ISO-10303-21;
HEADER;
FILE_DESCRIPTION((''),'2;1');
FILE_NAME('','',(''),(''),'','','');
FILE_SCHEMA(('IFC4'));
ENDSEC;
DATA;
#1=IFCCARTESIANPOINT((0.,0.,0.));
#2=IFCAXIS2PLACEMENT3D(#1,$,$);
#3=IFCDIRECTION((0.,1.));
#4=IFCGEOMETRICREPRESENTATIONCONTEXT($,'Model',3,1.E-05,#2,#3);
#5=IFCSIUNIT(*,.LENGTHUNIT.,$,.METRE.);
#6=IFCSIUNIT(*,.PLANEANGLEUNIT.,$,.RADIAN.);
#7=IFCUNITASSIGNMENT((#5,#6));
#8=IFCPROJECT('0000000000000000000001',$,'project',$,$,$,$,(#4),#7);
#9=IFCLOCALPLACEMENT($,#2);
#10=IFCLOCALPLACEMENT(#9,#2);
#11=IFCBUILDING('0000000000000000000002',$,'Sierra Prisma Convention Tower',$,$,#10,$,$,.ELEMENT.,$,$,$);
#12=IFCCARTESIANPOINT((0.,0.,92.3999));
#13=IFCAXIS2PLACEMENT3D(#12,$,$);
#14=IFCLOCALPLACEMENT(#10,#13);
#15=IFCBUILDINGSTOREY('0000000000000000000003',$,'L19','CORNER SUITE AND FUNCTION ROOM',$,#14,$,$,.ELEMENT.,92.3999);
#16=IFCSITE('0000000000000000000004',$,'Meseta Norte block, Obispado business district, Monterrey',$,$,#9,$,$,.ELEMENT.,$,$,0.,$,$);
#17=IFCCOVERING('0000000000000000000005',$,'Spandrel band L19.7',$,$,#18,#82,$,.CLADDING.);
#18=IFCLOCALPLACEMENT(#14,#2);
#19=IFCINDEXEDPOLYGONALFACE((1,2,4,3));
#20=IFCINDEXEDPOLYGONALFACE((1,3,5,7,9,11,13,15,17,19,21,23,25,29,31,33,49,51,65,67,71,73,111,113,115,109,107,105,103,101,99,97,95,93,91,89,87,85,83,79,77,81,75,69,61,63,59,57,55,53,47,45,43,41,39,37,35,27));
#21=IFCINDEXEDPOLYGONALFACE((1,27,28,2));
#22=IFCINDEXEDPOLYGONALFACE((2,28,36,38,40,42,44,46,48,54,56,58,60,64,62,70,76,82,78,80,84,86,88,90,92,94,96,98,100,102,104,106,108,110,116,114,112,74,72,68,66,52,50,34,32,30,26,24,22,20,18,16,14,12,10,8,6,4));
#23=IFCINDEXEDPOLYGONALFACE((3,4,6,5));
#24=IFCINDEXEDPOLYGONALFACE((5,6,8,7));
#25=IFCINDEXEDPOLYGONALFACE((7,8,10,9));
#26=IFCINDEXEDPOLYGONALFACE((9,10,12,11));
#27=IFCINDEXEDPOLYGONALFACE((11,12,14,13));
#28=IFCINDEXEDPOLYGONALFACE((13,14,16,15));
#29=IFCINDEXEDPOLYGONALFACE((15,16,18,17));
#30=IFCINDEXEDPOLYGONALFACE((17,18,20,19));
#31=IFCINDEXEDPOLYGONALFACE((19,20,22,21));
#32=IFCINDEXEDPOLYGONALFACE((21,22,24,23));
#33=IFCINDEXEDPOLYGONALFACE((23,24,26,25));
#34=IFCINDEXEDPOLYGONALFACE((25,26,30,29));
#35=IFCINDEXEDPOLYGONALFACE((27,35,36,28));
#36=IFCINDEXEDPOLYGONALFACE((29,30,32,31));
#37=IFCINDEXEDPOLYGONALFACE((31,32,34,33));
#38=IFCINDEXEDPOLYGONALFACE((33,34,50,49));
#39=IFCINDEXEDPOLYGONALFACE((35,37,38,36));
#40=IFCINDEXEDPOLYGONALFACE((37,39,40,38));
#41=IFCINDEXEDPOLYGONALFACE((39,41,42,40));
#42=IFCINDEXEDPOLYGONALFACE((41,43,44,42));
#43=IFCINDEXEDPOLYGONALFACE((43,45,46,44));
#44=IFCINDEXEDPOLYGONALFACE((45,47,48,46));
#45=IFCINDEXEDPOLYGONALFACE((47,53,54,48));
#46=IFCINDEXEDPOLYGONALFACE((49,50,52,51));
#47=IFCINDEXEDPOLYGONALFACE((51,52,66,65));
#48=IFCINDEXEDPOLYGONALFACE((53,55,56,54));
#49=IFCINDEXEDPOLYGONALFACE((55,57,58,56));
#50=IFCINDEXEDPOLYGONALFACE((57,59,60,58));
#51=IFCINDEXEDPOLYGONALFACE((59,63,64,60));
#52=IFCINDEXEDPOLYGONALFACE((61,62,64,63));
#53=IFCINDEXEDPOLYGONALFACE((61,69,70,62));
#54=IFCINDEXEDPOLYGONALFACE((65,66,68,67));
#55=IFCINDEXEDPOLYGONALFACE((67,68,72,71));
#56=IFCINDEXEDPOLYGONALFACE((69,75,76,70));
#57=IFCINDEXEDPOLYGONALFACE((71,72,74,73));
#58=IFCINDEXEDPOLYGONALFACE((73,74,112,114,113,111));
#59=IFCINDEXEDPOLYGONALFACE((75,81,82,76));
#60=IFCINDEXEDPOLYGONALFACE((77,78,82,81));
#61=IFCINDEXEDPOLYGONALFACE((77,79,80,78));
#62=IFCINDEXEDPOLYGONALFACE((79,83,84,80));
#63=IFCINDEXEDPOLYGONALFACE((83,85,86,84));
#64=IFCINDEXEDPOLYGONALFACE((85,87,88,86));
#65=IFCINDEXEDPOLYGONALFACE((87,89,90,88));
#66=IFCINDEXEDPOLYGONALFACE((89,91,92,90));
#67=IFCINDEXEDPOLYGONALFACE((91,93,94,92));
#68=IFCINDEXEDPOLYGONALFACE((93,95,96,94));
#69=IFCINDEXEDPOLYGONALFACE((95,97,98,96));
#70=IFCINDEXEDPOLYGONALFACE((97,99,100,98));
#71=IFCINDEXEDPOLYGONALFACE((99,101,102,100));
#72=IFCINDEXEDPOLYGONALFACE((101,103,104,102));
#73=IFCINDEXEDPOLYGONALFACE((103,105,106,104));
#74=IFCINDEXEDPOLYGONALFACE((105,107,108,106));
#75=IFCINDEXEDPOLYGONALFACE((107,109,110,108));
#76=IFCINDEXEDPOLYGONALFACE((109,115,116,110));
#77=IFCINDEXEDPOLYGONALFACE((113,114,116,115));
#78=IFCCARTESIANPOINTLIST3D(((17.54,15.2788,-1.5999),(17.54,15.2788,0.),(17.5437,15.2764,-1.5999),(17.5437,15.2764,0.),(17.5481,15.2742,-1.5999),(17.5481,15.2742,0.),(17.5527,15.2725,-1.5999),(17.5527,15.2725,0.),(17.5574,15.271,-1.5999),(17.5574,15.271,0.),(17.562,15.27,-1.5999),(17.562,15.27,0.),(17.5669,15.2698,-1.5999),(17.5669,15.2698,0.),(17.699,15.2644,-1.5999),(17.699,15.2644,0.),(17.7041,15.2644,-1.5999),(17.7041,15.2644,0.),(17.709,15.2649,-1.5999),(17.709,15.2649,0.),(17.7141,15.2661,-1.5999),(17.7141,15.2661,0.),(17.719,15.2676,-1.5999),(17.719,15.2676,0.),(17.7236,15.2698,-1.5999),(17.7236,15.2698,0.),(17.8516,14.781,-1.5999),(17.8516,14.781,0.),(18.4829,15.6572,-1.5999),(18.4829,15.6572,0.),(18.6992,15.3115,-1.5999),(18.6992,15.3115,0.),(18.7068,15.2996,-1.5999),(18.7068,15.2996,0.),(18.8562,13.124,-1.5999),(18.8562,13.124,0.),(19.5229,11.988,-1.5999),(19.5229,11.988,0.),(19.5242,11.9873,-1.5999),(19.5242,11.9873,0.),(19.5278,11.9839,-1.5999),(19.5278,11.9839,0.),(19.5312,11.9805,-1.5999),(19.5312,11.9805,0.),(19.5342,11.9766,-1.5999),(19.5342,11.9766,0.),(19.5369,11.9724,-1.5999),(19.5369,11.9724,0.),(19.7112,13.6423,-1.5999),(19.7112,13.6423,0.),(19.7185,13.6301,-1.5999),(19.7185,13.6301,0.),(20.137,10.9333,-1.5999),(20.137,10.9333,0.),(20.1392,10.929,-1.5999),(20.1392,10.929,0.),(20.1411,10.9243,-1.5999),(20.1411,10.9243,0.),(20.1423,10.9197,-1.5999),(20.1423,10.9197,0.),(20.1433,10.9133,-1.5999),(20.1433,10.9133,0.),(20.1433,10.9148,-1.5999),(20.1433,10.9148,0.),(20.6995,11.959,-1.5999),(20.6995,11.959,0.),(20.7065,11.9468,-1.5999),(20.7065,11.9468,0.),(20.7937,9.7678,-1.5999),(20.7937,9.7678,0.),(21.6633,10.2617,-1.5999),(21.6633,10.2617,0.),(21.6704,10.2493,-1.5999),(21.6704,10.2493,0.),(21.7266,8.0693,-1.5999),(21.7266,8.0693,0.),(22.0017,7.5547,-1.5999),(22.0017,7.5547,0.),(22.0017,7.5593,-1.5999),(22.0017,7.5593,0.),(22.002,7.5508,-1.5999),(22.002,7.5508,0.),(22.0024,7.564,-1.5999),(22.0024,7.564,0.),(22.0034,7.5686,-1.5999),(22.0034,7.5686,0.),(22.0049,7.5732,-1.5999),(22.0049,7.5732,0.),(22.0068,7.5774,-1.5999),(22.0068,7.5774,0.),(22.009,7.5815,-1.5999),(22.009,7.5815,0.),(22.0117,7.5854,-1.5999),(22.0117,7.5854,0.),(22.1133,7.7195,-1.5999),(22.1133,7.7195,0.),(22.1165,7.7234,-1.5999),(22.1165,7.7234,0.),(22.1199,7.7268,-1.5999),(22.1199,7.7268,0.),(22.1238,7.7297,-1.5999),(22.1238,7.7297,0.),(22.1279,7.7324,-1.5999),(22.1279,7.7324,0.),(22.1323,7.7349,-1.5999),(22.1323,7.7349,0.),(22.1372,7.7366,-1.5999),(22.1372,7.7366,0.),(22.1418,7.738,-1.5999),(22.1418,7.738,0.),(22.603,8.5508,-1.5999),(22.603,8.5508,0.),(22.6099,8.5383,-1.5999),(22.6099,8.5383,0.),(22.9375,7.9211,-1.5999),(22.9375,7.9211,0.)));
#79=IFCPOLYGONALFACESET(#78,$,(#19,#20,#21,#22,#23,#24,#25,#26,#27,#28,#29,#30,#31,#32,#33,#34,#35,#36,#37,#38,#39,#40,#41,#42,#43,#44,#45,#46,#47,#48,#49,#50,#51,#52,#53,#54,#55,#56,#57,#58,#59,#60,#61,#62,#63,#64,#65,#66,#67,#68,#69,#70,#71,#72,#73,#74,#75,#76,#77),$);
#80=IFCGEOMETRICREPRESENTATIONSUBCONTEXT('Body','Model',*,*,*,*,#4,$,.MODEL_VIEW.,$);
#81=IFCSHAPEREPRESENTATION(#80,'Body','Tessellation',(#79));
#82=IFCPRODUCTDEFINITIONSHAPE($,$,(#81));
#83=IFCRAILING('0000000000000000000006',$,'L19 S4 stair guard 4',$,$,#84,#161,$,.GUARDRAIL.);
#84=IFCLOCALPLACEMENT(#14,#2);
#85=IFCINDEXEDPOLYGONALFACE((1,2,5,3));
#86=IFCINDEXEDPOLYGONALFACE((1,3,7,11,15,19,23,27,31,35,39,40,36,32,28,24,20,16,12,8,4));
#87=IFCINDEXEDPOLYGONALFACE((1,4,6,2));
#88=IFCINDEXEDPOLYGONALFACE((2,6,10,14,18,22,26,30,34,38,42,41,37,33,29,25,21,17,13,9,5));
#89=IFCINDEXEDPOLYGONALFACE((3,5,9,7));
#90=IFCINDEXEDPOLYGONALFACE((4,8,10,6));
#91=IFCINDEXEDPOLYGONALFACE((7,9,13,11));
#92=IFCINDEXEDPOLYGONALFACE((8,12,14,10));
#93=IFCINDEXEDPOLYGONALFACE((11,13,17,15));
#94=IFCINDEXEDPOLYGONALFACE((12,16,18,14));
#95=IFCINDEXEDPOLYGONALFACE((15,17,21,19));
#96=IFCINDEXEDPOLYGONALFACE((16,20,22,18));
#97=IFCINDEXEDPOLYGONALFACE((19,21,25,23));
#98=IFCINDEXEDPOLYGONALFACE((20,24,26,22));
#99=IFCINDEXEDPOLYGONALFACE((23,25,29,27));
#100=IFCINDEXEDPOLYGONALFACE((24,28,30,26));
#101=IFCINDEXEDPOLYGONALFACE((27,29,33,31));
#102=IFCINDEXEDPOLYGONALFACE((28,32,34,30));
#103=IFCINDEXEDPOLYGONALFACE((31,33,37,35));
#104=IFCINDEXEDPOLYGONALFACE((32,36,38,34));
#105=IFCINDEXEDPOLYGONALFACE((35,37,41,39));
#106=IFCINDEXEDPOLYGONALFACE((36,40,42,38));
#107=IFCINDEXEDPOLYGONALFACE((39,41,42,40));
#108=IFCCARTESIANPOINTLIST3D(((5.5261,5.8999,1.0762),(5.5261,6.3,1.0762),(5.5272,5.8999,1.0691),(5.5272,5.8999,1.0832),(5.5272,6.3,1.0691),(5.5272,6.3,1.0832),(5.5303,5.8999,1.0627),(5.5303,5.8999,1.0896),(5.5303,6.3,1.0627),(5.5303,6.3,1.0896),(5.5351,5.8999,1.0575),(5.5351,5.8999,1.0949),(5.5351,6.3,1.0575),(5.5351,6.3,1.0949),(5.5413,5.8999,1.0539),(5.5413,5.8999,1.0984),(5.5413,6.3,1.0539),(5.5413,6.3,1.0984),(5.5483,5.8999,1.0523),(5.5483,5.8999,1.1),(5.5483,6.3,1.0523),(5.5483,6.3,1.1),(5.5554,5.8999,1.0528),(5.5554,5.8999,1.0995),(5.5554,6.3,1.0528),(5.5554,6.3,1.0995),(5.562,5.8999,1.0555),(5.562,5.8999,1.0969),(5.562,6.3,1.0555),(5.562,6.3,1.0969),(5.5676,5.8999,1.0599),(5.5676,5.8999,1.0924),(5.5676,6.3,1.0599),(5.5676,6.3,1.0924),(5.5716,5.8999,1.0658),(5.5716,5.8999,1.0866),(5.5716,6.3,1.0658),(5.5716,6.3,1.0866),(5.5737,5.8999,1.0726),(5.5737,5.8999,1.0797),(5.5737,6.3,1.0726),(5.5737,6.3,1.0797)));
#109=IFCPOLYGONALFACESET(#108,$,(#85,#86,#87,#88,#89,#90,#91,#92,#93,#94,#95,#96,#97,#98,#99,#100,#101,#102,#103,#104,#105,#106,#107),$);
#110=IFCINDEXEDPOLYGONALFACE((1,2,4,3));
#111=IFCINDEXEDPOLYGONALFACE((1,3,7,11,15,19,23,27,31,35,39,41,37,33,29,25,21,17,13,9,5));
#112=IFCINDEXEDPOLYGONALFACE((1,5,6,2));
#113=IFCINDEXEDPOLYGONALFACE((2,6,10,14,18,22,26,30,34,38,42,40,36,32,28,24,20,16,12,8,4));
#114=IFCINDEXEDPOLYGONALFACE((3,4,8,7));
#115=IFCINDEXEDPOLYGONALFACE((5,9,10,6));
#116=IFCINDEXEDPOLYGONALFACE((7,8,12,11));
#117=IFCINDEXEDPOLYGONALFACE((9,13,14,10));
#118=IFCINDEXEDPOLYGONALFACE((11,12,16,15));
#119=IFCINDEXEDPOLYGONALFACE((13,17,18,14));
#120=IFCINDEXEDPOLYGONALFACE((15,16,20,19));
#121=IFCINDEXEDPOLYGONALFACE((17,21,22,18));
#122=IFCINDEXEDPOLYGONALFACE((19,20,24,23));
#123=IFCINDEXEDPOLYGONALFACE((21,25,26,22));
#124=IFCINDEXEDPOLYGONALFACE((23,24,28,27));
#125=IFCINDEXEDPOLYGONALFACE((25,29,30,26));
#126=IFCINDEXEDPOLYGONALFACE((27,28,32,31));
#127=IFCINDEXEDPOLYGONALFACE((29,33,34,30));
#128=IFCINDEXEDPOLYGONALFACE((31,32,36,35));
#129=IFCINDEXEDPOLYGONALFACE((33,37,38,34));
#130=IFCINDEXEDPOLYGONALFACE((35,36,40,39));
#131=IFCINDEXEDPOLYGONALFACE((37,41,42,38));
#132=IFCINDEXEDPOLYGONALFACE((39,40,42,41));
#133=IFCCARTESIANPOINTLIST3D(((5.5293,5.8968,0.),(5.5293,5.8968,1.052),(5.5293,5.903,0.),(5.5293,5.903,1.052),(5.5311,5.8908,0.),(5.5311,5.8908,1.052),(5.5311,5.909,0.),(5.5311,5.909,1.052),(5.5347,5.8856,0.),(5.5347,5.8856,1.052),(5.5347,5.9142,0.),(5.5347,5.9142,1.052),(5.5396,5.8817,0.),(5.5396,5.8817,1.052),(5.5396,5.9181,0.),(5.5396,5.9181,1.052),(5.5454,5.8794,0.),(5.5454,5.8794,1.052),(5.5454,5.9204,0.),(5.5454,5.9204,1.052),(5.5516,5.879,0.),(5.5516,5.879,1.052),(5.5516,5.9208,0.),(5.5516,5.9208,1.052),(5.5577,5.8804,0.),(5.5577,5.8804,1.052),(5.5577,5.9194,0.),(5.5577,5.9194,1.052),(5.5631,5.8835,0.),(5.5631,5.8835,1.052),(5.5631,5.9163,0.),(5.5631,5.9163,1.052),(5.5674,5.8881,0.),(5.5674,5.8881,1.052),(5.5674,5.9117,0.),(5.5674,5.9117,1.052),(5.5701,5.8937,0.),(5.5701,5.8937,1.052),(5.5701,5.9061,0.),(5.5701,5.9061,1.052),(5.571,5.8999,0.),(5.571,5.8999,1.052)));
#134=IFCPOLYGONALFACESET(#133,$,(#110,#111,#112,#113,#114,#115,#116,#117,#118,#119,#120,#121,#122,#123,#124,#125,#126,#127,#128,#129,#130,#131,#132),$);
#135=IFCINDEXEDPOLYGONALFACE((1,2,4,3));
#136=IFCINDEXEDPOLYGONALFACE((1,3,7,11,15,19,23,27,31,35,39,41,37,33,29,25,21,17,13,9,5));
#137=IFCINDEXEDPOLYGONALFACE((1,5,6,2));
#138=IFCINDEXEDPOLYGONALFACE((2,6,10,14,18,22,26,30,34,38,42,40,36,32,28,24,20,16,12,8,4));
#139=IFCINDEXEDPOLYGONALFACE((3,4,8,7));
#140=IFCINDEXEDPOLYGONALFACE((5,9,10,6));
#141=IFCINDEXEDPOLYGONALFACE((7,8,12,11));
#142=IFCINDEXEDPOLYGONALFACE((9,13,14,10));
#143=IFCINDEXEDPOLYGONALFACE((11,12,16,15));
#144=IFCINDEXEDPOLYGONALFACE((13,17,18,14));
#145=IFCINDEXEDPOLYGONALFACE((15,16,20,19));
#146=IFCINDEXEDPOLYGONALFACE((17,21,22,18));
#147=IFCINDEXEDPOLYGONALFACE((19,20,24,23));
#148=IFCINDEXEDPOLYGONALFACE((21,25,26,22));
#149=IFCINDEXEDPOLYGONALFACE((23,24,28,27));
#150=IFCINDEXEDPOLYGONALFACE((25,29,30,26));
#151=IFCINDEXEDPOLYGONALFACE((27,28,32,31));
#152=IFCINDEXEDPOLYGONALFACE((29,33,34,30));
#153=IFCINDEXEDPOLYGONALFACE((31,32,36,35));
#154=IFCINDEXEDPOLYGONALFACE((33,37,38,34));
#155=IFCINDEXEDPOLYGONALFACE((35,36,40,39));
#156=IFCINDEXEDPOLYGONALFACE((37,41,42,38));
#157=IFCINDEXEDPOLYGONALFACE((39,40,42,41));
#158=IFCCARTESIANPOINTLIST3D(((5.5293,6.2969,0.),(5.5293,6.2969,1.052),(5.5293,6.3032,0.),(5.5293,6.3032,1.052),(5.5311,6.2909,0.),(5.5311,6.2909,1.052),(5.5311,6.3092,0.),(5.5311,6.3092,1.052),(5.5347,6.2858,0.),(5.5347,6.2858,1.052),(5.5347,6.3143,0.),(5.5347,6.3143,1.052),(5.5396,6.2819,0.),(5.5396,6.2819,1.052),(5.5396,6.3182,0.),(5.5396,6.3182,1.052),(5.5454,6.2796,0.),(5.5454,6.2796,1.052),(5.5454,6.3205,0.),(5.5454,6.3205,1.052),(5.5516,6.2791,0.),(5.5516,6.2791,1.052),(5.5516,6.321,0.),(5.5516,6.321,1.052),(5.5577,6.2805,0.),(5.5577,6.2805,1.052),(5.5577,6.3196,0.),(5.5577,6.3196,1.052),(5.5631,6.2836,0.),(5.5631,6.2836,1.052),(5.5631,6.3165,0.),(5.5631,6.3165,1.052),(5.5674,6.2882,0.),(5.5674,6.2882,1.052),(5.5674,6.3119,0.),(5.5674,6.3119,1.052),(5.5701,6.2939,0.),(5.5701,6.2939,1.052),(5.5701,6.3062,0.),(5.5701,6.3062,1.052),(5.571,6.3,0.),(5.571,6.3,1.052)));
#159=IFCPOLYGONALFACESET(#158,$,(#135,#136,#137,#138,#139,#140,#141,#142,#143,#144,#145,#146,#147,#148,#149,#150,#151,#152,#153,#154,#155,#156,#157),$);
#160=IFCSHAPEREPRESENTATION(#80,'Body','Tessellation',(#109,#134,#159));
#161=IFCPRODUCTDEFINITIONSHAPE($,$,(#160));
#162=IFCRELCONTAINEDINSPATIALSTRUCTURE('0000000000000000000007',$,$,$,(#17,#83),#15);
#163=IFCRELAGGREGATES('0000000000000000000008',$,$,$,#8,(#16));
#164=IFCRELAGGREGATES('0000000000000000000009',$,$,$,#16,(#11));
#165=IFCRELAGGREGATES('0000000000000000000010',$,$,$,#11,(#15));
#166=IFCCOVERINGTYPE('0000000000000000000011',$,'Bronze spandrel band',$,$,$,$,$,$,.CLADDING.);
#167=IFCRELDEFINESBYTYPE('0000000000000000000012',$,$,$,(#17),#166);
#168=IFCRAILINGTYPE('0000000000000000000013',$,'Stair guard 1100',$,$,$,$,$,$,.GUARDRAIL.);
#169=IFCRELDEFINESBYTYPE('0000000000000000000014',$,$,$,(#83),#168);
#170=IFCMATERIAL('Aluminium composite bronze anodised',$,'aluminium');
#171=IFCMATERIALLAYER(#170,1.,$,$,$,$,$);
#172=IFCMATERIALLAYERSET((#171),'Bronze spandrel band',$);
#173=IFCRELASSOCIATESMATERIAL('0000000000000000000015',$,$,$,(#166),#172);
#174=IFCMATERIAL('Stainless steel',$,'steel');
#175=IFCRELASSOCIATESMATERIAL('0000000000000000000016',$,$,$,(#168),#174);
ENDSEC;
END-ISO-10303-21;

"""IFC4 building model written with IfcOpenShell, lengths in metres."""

from ifc_helpers import new_model, si_unit, direction, frame, origin, origin_2d, place, context, subcontext, project, spatial, polyline, circle, outline, extrude, material, layer, layer_set, type_object, element, save


model = new_model("IFC4")

# Units and contexts
model_context = context("Model", 3, precision=1e-05, world=origin(), true_north=direction((0.0, 1.0)))
body_context = subcontext(model_context, "Body", "Model", "MODEL_VIEW")
ifc_project = project(units=[si_unit("LENGTHUNIT", "METRE"), si_unit("PLANEANGLEUNIT", "RADIAN")], contexts=[model_context])

# Site, building, storey
site_placement = place(None, origin())
site = spatial("IfcSite", under=ifc_project, at=site_placement, Name="Meseta Norte block, Obispado business district, Monterrey", CompositionType="ELEMENT", RefElevation=0.0)
building_placement = place(site_placement, origin())
building = spatial("IfcBuilding", under=site, at=building_placement, Name="Sierra Prisma Convention Tower", CompositionType="ELEMENT")
storey_placement = place(building_placement, frame((0.0, 0.0, 92.3999)))
storey = spatial("IfcBuildingStorey", under=building, at=storey_placement, Name="L19", Description="CORNER SUITE AND FUNCTION ROOM", CompositionType="ELEMENT", Elevation=92.3999)

# Covering
ifc_material_1 = material(Name="Aluminium composite bronze anodised", Category="aluminium")
ifc_layer_1 = layer(ifc_material_1, 1.0)
ifc_layer_set_1 = layer_set([ifc_layer_1], Name="Bronze spandrel band")
covering_type_1 = type_object("IfcCoveringType", Name="Bronze spandrel band", PredefinedType="CLADDING", material=ifc_layer_set_1)
covering_1_placement = place(storey_placement, frame((0.0, 0.0, -1.5999)))
element("IfcCovering", 1, at=covering_1_placement, inside=storey, type_object=covering_type_1, Name="Spandrel band L19.7", PredefinedType="CLADDING", context=body_context, shape_type="SweptSolid", body=[
    extrude(outline(polyline([(22.0068, 7.5774), (22.0049, 7.5732), (22.0034, 7.5686), (22.0024, 7.564), (22.0017, 7.5593), (22.0017, 7.5547), (22.002, 7.5508), (21.7266, 8.0693), (20.7937, 9.7678), (20.1433, 10.9133), (20.1433, 10.9148), (20.1423, 10.9197), (20.1411, 10.9243), (20.1392, 10.929), (20.137, 10.9333), (19.5369, 11.9724), (19.5342, 11.9766), (19.5312, 11.9805), (19.5278, 11.9839), (19.5242, 11.9873), (19.5229, 11.988), (18.8562, 13.124), (17.8516, 14.781), (17.54, 15.2788), (17.5437, 15.2764), (17.5481, 15.2742), (17.5527, 15.2725), (17.5574, 15.271), (17.562, 15.27), (17.5669, 15.2698), (17.699, 15.2644), (17.7041, 15.2644), (17.709, 15.2649), (17.7141, 15.2661), (17.719, 15.2676), (17.7236, 15.2698), (18.4829, 15.6572), (18.6992, 15.3115), (18.7068, 15.2996), (19.7112, 13.6423), (19.7185, 13.6301), (20.6995, 11.959), (20.7065, 11.9468), (21.6633, 10.2617), (21.6704, 10.2493), (22.603, 8.5508), (22.6099, 8.5383), (22.9375, 7.9211), (22.1418, 7.738), (22.1372, 7.7366), (22.1323, 7.7349), (22.1279, 7.7324), (22.1238, 7.7297), (22.1199, 7.7268), (22.1165, 7.7234), (22.1133, 7.7195), (22.0117, 7.5854), (22.009, 7.5815), (22.0068, 7.5774)])), origin(), (0.0, 0.0, 1.0), 1.5999),
])

# Railing
ifc_material_2 = material(Name="Stainless steel", Category="steel")
railing_type = type_object("IfcRailingType", Name="Stair guard 1100", PredefinedType="GUARDRAIL", material=ifc_material_2)
railing_placement = place(storey_placement, frame((5.55, 5.8999, 0.0)))
element("IfcRailing", 2, at=railing_placement, inside=storey, type_object=railing_type, Name="L19 S4 stair guard 4", PredefinedType="GUARDRAIL", context=body_context, shape_type="SweptSolid", body=[
    extrude(circle(Radius=0.0239, at=origin_2d()), frame((0.0, 0.0, 1.0762), z_axis=(0.0, 1.0, 0.0), x_axis=(-1.0, 0.0, 0.0)), (0.0, 0.0, 1.0), 0.4001),
    extrude(circle(Radius=0.021, at=origin_2d()), origin(), (0.0, 0.0, 1.0), 1.052),
    extrude(circle(Radius=0.021, at=origin_2d()), frame((0.0, 0.4001, 0.0)), (0.0, 0.0, 1.0), 1.052),
])

save(model, "model.ifc")
